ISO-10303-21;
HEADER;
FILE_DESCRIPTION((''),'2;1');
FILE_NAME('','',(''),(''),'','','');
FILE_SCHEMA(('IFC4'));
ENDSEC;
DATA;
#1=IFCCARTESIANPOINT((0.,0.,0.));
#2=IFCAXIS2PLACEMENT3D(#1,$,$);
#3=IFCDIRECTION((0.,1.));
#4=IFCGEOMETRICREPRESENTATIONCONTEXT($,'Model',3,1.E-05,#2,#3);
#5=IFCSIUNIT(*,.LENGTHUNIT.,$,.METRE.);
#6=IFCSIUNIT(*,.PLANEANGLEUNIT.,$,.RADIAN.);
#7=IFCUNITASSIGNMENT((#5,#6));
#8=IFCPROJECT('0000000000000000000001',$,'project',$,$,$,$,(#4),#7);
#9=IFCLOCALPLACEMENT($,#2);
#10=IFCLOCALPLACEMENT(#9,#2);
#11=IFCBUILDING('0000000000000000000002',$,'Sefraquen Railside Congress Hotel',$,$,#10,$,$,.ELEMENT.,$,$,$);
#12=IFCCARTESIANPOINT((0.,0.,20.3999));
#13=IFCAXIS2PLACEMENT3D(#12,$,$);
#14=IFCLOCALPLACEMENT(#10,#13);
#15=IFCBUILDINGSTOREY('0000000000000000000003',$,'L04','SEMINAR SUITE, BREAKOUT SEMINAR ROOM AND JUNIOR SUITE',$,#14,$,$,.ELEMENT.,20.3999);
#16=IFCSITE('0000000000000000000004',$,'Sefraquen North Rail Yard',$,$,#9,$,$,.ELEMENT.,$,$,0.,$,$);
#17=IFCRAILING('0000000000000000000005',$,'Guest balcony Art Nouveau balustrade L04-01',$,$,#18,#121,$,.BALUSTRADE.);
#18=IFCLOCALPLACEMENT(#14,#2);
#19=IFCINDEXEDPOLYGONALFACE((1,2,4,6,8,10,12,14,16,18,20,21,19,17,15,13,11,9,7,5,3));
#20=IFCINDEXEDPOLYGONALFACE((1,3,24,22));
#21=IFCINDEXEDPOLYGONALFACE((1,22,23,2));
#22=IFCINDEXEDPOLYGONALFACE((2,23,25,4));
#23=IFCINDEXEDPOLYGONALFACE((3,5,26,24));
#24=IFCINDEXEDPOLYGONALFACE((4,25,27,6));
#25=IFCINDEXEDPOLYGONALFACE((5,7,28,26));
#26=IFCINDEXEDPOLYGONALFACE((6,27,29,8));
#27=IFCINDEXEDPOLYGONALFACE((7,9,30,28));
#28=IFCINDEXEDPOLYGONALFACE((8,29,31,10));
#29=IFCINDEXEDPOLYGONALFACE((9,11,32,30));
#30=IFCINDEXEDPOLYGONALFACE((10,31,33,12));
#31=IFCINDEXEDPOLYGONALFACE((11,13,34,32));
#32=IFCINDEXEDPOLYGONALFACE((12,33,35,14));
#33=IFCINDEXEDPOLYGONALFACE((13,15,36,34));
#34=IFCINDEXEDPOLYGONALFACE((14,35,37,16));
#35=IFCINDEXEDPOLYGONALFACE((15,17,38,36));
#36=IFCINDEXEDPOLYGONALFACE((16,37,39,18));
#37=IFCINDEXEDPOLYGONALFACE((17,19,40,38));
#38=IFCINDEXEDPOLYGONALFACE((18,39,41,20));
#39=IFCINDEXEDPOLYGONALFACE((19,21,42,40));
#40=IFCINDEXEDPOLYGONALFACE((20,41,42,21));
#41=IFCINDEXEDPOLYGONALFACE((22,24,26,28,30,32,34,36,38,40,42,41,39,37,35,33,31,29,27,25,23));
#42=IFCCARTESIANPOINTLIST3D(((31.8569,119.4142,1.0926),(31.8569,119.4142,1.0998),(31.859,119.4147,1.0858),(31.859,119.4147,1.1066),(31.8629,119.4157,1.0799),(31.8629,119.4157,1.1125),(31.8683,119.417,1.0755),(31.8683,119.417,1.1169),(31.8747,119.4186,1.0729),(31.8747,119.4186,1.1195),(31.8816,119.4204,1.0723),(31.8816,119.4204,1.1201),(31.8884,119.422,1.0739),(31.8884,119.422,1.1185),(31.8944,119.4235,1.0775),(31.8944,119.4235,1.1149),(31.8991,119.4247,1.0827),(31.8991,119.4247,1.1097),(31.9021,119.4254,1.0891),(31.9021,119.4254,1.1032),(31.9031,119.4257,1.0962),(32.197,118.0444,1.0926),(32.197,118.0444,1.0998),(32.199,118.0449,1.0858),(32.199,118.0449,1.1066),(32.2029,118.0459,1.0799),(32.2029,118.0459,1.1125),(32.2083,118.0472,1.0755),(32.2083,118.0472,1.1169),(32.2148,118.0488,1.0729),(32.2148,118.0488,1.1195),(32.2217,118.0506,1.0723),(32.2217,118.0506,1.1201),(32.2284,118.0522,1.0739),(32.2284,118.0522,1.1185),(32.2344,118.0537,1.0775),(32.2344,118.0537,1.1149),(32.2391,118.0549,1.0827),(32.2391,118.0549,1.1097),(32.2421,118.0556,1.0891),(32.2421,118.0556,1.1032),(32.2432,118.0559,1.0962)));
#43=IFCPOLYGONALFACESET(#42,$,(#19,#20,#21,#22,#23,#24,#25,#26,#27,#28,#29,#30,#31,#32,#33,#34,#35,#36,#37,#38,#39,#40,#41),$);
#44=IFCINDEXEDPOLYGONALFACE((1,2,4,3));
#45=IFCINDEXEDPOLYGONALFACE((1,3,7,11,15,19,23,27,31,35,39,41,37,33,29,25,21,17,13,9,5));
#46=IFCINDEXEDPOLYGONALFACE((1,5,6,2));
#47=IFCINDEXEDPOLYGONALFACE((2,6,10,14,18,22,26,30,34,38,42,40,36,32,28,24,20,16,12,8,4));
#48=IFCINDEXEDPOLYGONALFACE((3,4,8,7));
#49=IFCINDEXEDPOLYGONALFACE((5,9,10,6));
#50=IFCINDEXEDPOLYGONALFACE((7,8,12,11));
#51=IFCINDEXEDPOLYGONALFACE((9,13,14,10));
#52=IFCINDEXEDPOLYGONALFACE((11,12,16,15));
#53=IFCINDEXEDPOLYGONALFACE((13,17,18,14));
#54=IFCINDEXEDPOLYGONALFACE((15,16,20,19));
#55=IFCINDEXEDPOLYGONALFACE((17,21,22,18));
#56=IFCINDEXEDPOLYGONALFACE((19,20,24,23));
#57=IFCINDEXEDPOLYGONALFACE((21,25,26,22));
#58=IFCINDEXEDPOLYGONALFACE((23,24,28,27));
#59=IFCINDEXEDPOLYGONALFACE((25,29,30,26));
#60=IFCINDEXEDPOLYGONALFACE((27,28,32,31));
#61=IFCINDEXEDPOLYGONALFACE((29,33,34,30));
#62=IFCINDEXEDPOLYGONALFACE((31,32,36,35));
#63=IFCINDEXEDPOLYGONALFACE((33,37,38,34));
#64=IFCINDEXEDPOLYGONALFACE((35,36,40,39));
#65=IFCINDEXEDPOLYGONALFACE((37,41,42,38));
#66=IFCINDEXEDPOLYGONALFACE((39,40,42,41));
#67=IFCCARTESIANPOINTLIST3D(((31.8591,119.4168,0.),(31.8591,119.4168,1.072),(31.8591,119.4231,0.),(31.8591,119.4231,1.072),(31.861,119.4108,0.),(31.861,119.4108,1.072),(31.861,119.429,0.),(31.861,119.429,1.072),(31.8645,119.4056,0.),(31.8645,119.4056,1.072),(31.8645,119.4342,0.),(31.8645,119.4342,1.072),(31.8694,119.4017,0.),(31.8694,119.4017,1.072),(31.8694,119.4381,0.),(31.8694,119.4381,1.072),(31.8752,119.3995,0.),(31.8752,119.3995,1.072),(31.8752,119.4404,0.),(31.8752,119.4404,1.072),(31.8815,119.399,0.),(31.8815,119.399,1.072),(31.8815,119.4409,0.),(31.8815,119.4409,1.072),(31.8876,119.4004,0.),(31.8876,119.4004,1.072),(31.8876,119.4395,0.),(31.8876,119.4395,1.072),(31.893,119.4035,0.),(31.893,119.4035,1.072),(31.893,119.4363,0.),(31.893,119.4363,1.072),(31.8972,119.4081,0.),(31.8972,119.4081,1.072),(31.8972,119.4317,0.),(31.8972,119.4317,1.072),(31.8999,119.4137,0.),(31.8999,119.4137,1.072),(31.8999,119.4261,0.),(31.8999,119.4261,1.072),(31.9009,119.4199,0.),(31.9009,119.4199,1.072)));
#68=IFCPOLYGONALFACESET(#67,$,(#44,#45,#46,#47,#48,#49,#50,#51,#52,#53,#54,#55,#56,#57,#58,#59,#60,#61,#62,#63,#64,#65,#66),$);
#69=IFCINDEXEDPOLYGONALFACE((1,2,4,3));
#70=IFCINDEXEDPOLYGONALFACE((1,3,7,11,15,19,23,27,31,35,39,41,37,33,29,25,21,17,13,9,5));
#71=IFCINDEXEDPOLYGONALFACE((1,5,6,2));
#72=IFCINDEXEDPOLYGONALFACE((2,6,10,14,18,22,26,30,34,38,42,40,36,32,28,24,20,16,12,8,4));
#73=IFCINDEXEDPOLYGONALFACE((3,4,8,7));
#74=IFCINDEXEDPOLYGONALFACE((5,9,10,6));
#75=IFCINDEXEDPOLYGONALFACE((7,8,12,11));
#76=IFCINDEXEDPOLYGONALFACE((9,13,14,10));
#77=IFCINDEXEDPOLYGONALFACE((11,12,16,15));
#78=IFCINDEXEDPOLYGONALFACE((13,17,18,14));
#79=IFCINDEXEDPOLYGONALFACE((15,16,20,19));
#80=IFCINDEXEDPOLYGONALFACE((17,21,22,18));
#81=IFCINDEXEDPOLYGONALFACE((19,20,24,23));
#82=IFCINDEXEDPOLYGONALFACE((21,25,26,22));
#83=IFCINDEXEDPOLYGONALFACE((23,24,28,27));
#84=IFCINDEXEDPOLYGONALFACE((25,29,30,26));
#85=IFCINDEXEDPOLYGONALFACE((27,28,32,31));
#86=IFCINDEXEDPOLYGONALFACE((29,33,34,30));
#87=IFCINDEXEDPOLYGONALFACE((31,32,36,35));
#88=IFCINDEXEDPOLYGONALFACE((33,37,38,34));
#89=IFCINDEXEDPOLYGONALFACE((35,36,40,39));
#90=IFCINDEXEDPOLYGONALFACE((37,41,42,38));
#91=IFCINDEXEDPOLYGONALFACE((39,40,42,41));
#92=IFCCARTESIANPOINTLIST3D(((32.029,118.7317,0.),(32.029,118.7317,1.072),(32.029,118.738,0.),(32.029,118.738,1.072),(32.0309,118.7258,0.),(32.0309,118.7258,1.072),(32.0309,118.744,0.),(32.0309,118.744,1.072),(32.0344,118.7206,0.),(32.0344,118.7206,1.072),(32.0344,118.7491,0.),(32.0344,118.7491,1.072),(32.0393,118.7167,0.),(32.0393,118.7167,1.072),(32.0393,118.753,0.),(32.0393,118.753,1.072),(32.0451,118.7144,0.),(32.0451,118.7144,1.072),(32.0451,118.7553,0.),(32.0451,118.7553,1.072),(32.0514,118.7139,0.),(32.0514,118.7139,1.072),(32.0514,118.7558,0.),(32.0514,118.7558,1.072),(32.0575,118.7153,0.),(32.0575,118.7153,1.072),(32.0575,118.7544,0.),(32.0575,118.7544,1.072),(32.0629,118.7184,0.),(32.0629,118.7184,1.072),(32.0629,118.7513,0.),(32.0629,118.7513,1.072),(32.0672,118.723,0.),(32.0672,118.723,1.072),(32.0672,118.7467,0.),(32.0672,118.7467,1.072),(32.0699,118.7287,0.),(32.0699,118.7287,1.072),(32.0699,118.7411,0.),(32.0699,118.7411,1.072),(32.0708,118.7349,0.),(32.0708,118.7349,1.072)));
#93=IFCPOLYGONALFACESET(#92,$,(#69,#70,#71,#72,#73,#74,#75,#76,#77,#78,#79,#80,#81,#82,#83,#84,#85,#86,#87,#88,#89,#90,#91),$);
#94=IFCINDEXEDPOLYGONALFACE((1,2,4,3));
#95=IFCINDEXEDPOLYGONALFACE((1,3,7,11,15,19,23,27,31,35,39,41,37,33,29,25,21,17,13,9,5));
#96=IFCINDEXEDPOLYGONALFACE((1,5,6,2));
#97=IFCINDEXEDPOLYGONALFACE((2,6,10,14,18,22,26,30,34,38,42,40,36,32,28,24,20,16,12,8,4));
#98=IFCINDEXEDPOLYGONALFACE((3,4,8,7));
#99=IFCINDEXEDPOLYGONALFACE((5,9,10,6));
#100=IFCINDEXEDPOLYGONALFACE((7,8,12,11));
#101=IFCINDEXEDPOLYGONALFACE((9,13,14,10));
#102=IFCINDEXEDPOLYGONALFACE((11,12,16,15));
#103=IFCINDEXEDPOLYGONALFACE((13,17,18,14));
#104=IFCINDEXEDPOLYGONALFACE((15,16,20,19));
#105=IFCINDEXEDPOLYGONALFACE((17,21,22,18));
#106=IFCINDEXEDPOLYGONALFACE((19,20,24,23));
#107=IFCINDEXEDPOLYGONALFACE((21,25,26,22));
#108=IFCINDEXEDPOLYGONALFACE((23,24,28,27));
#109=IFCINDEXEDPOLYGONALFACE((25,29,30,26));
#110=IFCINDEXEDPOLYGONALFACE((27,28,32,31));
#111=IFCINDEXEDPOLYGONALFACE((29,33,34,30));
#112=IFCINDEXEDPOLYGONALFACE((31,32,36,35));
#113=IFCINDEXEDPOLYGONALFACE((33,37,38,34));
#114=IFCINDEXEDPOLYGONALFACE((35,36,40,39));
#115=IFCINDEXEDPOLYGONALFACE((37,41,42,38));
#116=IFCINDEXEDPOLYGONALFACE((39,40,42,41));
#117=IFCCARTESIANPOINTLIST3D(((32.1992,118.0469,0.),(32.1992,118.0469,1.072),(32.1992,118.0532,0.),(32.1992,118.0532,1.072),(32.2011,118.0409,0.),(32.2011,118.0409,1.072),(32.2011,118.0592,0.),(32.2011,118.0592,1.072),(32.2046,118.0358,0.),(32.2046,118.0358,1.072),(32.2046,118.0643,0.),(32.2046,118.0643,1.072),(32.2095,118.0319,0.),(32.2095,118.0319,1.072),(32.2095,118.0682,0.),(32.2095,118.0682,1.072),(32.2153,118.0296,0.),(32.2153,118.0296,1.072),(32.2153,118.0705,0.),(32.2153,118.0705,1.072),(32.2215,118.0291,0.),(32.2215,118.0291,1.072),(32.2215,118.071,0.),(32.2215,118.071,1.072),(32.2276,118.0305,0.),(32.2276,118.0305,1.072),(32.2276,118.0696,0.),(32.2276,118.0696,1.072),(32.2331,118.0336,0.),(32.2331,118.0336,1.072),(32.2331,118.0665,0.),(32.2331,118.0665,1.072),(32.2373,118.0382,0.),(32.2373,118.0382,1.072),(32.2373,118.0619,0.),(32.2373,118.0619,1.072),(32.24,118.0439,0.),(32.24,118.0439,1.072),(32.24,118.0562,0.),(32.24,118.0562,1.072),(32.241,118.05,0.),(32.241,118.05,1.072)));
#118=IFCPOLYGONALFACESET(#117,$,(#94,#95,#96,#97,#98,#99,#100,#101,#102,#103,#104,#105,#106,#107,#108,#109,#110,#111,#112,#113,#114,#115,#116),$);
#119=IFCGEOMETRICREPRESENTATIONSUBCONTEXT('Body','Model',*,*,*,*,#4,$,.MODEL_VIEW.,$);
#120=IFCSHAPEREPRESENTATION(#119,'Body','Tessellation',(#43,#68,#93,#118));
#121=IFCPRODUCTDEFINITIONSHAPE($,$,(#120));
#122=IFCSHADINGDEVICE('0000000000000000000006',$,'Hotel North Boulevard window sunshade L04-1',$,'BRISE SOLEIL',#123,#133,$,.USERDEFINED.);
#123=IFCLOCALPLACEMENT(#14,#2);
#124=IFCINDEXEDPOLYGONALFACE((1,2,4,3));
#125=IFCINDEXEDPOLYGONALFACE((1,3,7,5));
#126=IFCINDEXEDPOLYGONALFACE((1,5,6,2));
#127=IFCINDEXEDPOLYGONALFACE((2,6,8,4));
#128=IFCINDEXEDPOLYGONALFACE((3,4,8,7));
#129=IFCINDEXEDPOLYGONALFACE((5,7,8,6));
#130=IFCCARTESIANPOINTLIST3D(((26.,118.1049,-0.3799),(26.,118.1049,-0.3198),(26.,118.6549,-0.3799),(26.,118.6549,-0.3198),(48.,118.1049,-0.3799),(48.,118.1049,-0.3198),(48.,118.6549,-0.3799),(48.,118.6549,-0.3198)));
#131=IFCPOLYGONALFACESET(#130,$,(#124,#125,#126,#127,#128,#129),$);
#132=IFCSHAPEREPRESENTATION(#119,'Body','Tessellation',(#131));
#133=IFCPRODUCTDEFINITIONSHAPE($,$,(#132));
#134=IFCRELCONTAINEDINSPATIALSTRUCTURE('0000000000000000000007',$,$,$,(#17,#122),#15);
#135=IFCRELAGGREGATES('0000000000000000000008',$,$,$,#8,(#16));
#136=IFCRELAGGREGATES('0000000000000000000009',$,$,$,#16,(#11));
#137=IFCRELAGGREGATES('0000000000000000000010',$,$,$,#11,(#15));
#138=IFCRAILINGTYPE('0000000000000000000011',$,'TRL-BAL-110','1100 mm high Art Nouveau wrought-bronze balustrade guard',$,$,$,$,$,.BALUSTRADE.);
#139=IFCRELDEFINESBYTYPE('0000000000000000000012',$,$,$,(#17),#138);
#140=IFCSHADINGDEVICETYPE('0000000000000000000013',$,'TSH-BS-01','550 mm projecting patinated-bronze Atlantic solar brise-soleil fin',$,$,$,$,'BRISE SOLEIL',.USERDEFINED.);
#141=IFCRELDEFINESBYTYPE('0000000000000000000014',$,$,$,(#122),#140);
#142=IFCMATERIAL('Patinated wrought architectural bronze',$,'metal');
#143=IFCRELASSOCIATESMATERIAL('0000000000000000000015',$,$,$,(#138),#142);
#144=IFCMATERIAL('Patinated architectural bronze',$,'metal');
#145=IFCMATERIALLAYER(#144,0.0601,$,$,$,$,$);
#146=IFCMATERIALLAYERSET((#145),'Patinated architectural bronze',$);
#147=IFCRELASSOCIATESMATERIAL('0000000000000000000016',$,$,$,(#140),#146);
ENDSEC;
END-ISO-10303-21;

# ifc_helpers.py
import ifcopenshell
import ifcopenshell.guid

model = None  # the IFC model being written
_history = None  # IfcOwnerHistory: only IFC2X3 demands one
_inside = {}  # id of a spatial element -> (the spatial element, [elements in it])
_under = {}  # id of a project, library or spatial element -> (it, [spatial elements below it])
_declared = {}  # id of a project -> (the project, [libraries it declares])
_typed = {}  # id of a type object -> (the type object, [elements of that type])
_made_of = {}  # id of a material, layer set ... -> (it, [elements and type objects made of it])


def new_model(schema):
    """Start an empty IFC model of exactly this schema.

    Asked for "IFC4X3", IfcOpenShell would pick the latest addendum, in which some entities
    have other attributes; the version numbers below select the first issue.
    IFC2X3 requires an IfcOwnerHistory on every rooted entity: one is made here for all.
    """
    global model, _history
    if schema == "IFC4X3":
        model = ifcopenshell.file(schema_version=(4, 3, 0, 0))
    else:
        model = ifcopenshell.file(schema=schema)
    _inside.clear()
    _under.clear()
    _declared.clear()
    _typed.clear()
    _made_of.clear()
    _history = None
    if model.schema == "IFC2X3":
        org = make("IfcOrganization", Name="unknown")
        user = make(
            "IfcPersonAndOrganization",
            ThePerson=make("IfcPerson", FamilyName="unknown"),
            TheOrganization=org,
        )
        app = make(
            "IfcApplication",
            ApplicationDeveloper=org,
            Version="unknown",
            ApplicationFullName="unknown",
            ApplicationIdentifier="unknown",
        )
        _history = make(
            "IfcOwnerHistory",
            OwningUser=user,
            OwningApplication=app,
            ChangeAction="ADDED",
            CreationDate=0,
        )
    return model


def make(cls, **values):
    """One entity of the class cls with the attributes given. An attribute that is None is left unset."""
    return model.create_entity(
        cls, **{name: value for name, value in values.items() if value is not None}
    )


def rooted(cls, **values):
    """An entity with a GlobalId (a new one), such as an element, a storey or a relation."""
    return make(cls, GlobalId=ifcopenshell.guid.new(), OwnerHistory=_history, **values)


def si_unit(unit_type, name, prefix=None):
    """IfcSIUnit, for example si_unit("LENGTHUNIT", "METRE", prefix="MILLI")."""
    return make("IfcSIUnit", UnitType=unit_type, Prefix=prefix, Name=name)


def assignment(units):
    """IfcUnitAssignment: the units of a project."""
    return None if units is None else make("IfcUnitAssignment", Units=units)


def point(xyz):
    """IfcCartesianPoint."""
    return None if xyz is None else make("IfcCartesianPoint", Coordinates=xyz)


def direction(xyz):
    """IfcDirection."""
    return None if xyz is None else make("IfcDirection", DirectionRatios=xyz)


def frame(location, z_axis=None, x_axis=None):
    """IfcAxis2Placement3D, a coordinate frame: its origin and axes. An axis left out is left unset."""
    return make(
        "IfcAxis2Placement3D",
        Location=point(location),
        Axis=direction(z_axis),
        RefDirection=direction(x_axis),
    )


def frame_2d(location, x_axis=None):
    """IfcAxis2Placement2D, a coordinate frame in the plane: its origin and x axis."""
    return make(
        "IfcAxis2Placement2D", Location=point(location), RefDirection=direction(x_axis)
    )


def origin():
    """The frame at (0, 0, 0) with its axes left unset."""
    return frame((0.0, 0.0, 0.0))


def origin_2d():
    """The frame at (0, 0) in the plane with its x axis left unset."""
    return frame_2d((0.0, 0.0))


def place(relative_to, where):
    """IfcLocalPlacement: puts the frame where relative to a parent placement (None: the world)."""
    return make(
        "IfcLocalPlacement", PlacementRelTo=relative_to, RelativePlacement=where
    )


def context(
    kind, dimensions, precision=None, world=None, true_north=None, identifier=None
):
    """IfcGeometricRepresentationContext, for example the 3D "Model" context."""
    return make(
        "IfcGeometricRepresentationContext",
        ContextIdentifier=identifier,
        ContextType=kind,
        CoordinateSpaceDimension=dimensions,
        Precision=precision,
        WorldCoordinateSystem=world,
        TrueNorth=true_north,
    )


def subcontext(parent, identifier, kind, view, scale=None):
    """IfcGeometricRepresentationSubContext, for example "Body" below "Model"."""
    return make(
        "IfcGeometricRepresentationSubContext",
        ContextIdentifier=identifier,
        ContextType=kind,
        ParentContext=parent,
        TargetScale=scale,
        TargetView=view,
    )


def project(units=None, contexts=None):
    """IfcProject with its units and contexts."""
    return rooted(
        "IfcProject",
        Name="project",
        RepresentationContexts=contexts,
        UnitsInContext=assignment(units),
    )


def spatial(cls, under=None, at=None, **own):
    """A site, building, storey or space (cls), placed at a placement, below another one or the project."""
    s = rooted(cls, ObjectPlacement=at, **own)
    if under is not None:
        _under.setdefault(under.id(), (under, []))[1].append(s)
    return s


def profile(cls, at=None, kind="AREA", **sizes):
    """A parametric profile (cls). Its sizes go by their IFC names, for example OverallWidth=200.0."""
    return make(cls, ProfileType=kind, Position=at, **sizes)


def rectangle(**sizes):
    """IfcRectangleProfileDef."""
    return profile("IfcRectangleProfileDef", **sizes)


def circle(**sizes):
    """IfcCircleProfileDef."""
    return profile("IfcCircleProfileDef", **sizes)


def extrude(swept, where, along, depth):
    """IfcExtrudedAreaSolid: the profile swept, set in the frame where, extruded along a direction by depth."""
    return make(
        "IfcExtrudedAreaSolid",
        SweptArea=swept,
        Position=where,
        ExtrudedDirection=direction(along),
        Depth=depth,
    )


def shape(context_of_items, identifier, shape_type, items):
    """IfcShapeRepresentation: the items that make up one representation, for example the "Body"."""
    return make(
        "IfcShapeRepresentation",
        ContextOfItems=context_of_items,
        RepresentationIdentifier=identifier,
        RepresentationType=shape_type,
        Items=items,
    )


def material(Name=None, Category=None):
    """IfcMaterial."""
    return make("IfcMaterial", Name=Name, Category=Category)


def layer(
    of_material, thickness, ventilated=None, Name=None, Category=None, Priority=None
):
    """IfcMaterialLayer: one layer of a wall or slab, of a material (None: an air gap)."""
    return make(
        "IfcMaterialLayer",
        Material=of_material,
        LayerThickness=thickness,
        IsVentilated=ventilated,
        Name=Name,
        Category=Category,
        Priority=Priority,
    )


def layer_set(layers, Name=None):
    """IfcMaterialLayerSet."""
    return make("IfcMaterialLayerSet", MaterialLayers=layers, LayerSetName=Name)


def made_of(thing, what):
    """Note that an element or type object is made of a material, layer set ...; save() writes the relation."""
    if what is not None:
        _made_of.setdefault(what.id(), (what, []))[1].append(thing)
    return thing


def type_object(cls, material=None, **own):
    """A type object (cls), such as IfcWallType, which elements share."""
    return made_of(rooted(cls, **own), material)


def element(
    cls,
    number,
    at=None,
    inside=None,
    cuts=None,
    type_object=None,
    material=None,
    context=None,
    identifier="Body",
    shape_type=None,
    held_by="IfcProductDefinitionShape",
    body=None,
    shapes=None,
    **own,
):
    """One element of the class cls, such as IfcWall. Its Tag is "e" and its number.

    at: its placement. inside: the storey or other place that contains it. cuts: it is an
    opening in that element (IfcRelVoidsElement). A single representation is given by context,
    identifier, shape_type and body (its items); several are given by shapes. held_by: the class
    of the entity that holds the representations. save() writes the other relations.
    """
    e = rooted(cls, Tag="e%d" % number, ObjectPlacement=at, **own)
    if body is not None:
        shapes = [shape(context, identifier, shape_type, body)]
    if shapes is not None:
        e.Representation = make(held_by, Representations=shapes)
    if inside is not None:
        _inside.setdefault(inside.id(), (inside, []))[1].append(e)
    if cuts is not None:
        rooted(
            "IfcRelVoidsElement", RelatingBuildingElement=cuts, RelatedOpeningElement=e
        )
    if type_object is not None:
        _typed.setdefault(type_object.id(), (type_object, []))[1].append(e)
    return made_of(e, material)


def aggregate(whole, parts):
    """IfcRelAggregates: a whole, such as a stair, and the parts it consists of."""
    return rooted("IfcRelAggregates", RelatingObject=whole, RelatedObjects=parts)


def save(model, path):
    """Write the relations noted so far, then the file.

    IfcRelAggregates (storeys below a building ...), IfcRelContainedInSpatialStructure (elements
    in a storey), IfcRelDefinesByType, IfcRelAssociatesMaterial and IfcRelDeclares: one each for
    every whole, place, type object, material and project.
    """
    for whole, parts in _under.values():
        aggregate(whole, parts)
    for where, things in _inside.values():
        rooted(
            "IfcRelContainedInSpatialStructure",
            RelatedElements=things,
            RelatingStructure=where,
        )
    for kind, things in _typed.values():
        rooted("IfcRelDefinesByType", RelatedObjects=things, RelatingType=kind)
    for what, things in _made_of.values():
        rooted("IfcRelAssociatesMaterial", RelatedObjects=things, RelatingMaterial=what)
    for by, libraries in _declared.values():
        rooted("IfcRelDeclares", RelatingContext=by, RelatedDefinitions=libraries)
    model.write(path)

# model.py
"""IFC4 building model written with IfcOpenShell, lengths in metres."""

from ifc_helpers import new_model, si_unit, direction, frame, origin, origin_2d, place, context, subcontext, project, spatial, rectangle, circle, extrude, material, layer, layer_set, type_object, element, save


model = new_model("IFC4")

# Units and contexts
model_context = context("Model", 3, precision=1e-05, world=origin(), true_north=direction((0.0, 1.0)))
body_context = subcontext(model_context, "Body", "Model", "MODEL_VIEW")
ifc_project = project(units=[si_unit("LENGTHUNIT", "METRE"), si_unit("PLANEANGLEUNIT", "RADIAN")], contexts=[model_context])

# Site, building, storey
site_placement = place(None, origin())
site = spatial("IfcSite", under=ifc_project, at=site_placement, Name="Sefraquen North Rail Yard", CompositionType="ELEMENT", RefElevation=0.0)
building_placement = place(site_placement, origin())
building = spatial("IfcBuilding", under=site, at=building_placement, Name="Sefraquen Railside Congress Hotel", CompositionType="ELEMENT")
storey_placement = place(building_placement, frame((0.0, 0.0, 20.3999)))
storey = spatial("IfcBuildingStorey", under=building, at=storey_placement, Name="L04", Description="SEMINAR SUITE, BREAKOUT SEMINAR ROOM AND JUNIOR SUITE", CompositionType="ELEMENT", Elevation=20.3999)

# Railing
ifc_material_1 = material(Name="Patinated wrought architectural bronze", Category="metal")
railing_type = type_object("IfcRailingType", Name="TRL-BAL-110", Description="1100 mm high Art Nouveau wrought-bronze balustrade guard", PredefinedType="BALUSTRADE", material=ifc_material_1)
railing_placement = place(storey_placement, frame((31.8799, 119.4199, 0.0)))
element("IfcRailing", 1, at=railing_placement, inside=storey, type_object=railing_type, Name="Guest balcony Art Nouveau balustrade L04-01", PredefinedType="BALUSTRADE", context=body_context, shape_type="SweptSolid", body=[
    extrude(circle(Radius=0.0239, at=origin_2d()), frame((0.0, 0.0, 1.0962), z_axis=(0.240948, -0.970538, 0.0), x_axis=(0.970538, 0.240948, 0.0)), (0.0, 0.0, 1.0), 1.4114),
    extrude(circle(Radius=0.021, at=origin_2d()), origin(), (0.0, 0.0, 1.0), 1.072),
    extrude(circle(Radius=0.021, at=origin_2d()), frame((0.1699, -0.6851, 0.0)), (0.0, 0.0, 1.0), 1.072),
    extrude(circle(Radius=0.021, at=origin_2d()), frame((0.3401, -1.3699, 0.0)), (0.0, 0.0, 1.0), 1.072),
])

# Shading device
ifc_material_2 = material(Name="Patinated architectural bronze", Category="metal")
ifc_layer_1 = layer(ifc_material_2, 0.0601)
ifc_layer_set_1 = layer_set([ifc_layer_1], Name="Patinated architectural bronze")
shading_device_type = type_object("IfcShadingDeviceType", Name="TSH-BS-01", Description="550 mm projecting patinated-bronze Atlantic solar brise-soleil fin", ElementType="BRISE SOLEIL", PredefinedType="USERDEFINED", material=ifc_layer_set_1)
shading_device_placement = place(storey_placement, frame((37.0, 118.3799, -0.3799), z_axis=(0.0, 0.0, 1.0), x_axis=(1.0, 0.0, 0.0)))
element("IfcShadingDevice", 2, at=shading_device_placement, inside=storey, type_object=shading_device_type, Name="Hotel North Boulevard window sunshade L04-1", ObjectType="BRISE SOLEIL", PredefinedType="USERDEFINED", context=body_context, shape_type="SweptSolid", body=[
    extrude(rectangle(XDim=22.0, YDim=0.55, at=origin_2d()), origin(), (0.0, 0.0, 1.0), 0.0601),
])

save(model, "model.ifc")
